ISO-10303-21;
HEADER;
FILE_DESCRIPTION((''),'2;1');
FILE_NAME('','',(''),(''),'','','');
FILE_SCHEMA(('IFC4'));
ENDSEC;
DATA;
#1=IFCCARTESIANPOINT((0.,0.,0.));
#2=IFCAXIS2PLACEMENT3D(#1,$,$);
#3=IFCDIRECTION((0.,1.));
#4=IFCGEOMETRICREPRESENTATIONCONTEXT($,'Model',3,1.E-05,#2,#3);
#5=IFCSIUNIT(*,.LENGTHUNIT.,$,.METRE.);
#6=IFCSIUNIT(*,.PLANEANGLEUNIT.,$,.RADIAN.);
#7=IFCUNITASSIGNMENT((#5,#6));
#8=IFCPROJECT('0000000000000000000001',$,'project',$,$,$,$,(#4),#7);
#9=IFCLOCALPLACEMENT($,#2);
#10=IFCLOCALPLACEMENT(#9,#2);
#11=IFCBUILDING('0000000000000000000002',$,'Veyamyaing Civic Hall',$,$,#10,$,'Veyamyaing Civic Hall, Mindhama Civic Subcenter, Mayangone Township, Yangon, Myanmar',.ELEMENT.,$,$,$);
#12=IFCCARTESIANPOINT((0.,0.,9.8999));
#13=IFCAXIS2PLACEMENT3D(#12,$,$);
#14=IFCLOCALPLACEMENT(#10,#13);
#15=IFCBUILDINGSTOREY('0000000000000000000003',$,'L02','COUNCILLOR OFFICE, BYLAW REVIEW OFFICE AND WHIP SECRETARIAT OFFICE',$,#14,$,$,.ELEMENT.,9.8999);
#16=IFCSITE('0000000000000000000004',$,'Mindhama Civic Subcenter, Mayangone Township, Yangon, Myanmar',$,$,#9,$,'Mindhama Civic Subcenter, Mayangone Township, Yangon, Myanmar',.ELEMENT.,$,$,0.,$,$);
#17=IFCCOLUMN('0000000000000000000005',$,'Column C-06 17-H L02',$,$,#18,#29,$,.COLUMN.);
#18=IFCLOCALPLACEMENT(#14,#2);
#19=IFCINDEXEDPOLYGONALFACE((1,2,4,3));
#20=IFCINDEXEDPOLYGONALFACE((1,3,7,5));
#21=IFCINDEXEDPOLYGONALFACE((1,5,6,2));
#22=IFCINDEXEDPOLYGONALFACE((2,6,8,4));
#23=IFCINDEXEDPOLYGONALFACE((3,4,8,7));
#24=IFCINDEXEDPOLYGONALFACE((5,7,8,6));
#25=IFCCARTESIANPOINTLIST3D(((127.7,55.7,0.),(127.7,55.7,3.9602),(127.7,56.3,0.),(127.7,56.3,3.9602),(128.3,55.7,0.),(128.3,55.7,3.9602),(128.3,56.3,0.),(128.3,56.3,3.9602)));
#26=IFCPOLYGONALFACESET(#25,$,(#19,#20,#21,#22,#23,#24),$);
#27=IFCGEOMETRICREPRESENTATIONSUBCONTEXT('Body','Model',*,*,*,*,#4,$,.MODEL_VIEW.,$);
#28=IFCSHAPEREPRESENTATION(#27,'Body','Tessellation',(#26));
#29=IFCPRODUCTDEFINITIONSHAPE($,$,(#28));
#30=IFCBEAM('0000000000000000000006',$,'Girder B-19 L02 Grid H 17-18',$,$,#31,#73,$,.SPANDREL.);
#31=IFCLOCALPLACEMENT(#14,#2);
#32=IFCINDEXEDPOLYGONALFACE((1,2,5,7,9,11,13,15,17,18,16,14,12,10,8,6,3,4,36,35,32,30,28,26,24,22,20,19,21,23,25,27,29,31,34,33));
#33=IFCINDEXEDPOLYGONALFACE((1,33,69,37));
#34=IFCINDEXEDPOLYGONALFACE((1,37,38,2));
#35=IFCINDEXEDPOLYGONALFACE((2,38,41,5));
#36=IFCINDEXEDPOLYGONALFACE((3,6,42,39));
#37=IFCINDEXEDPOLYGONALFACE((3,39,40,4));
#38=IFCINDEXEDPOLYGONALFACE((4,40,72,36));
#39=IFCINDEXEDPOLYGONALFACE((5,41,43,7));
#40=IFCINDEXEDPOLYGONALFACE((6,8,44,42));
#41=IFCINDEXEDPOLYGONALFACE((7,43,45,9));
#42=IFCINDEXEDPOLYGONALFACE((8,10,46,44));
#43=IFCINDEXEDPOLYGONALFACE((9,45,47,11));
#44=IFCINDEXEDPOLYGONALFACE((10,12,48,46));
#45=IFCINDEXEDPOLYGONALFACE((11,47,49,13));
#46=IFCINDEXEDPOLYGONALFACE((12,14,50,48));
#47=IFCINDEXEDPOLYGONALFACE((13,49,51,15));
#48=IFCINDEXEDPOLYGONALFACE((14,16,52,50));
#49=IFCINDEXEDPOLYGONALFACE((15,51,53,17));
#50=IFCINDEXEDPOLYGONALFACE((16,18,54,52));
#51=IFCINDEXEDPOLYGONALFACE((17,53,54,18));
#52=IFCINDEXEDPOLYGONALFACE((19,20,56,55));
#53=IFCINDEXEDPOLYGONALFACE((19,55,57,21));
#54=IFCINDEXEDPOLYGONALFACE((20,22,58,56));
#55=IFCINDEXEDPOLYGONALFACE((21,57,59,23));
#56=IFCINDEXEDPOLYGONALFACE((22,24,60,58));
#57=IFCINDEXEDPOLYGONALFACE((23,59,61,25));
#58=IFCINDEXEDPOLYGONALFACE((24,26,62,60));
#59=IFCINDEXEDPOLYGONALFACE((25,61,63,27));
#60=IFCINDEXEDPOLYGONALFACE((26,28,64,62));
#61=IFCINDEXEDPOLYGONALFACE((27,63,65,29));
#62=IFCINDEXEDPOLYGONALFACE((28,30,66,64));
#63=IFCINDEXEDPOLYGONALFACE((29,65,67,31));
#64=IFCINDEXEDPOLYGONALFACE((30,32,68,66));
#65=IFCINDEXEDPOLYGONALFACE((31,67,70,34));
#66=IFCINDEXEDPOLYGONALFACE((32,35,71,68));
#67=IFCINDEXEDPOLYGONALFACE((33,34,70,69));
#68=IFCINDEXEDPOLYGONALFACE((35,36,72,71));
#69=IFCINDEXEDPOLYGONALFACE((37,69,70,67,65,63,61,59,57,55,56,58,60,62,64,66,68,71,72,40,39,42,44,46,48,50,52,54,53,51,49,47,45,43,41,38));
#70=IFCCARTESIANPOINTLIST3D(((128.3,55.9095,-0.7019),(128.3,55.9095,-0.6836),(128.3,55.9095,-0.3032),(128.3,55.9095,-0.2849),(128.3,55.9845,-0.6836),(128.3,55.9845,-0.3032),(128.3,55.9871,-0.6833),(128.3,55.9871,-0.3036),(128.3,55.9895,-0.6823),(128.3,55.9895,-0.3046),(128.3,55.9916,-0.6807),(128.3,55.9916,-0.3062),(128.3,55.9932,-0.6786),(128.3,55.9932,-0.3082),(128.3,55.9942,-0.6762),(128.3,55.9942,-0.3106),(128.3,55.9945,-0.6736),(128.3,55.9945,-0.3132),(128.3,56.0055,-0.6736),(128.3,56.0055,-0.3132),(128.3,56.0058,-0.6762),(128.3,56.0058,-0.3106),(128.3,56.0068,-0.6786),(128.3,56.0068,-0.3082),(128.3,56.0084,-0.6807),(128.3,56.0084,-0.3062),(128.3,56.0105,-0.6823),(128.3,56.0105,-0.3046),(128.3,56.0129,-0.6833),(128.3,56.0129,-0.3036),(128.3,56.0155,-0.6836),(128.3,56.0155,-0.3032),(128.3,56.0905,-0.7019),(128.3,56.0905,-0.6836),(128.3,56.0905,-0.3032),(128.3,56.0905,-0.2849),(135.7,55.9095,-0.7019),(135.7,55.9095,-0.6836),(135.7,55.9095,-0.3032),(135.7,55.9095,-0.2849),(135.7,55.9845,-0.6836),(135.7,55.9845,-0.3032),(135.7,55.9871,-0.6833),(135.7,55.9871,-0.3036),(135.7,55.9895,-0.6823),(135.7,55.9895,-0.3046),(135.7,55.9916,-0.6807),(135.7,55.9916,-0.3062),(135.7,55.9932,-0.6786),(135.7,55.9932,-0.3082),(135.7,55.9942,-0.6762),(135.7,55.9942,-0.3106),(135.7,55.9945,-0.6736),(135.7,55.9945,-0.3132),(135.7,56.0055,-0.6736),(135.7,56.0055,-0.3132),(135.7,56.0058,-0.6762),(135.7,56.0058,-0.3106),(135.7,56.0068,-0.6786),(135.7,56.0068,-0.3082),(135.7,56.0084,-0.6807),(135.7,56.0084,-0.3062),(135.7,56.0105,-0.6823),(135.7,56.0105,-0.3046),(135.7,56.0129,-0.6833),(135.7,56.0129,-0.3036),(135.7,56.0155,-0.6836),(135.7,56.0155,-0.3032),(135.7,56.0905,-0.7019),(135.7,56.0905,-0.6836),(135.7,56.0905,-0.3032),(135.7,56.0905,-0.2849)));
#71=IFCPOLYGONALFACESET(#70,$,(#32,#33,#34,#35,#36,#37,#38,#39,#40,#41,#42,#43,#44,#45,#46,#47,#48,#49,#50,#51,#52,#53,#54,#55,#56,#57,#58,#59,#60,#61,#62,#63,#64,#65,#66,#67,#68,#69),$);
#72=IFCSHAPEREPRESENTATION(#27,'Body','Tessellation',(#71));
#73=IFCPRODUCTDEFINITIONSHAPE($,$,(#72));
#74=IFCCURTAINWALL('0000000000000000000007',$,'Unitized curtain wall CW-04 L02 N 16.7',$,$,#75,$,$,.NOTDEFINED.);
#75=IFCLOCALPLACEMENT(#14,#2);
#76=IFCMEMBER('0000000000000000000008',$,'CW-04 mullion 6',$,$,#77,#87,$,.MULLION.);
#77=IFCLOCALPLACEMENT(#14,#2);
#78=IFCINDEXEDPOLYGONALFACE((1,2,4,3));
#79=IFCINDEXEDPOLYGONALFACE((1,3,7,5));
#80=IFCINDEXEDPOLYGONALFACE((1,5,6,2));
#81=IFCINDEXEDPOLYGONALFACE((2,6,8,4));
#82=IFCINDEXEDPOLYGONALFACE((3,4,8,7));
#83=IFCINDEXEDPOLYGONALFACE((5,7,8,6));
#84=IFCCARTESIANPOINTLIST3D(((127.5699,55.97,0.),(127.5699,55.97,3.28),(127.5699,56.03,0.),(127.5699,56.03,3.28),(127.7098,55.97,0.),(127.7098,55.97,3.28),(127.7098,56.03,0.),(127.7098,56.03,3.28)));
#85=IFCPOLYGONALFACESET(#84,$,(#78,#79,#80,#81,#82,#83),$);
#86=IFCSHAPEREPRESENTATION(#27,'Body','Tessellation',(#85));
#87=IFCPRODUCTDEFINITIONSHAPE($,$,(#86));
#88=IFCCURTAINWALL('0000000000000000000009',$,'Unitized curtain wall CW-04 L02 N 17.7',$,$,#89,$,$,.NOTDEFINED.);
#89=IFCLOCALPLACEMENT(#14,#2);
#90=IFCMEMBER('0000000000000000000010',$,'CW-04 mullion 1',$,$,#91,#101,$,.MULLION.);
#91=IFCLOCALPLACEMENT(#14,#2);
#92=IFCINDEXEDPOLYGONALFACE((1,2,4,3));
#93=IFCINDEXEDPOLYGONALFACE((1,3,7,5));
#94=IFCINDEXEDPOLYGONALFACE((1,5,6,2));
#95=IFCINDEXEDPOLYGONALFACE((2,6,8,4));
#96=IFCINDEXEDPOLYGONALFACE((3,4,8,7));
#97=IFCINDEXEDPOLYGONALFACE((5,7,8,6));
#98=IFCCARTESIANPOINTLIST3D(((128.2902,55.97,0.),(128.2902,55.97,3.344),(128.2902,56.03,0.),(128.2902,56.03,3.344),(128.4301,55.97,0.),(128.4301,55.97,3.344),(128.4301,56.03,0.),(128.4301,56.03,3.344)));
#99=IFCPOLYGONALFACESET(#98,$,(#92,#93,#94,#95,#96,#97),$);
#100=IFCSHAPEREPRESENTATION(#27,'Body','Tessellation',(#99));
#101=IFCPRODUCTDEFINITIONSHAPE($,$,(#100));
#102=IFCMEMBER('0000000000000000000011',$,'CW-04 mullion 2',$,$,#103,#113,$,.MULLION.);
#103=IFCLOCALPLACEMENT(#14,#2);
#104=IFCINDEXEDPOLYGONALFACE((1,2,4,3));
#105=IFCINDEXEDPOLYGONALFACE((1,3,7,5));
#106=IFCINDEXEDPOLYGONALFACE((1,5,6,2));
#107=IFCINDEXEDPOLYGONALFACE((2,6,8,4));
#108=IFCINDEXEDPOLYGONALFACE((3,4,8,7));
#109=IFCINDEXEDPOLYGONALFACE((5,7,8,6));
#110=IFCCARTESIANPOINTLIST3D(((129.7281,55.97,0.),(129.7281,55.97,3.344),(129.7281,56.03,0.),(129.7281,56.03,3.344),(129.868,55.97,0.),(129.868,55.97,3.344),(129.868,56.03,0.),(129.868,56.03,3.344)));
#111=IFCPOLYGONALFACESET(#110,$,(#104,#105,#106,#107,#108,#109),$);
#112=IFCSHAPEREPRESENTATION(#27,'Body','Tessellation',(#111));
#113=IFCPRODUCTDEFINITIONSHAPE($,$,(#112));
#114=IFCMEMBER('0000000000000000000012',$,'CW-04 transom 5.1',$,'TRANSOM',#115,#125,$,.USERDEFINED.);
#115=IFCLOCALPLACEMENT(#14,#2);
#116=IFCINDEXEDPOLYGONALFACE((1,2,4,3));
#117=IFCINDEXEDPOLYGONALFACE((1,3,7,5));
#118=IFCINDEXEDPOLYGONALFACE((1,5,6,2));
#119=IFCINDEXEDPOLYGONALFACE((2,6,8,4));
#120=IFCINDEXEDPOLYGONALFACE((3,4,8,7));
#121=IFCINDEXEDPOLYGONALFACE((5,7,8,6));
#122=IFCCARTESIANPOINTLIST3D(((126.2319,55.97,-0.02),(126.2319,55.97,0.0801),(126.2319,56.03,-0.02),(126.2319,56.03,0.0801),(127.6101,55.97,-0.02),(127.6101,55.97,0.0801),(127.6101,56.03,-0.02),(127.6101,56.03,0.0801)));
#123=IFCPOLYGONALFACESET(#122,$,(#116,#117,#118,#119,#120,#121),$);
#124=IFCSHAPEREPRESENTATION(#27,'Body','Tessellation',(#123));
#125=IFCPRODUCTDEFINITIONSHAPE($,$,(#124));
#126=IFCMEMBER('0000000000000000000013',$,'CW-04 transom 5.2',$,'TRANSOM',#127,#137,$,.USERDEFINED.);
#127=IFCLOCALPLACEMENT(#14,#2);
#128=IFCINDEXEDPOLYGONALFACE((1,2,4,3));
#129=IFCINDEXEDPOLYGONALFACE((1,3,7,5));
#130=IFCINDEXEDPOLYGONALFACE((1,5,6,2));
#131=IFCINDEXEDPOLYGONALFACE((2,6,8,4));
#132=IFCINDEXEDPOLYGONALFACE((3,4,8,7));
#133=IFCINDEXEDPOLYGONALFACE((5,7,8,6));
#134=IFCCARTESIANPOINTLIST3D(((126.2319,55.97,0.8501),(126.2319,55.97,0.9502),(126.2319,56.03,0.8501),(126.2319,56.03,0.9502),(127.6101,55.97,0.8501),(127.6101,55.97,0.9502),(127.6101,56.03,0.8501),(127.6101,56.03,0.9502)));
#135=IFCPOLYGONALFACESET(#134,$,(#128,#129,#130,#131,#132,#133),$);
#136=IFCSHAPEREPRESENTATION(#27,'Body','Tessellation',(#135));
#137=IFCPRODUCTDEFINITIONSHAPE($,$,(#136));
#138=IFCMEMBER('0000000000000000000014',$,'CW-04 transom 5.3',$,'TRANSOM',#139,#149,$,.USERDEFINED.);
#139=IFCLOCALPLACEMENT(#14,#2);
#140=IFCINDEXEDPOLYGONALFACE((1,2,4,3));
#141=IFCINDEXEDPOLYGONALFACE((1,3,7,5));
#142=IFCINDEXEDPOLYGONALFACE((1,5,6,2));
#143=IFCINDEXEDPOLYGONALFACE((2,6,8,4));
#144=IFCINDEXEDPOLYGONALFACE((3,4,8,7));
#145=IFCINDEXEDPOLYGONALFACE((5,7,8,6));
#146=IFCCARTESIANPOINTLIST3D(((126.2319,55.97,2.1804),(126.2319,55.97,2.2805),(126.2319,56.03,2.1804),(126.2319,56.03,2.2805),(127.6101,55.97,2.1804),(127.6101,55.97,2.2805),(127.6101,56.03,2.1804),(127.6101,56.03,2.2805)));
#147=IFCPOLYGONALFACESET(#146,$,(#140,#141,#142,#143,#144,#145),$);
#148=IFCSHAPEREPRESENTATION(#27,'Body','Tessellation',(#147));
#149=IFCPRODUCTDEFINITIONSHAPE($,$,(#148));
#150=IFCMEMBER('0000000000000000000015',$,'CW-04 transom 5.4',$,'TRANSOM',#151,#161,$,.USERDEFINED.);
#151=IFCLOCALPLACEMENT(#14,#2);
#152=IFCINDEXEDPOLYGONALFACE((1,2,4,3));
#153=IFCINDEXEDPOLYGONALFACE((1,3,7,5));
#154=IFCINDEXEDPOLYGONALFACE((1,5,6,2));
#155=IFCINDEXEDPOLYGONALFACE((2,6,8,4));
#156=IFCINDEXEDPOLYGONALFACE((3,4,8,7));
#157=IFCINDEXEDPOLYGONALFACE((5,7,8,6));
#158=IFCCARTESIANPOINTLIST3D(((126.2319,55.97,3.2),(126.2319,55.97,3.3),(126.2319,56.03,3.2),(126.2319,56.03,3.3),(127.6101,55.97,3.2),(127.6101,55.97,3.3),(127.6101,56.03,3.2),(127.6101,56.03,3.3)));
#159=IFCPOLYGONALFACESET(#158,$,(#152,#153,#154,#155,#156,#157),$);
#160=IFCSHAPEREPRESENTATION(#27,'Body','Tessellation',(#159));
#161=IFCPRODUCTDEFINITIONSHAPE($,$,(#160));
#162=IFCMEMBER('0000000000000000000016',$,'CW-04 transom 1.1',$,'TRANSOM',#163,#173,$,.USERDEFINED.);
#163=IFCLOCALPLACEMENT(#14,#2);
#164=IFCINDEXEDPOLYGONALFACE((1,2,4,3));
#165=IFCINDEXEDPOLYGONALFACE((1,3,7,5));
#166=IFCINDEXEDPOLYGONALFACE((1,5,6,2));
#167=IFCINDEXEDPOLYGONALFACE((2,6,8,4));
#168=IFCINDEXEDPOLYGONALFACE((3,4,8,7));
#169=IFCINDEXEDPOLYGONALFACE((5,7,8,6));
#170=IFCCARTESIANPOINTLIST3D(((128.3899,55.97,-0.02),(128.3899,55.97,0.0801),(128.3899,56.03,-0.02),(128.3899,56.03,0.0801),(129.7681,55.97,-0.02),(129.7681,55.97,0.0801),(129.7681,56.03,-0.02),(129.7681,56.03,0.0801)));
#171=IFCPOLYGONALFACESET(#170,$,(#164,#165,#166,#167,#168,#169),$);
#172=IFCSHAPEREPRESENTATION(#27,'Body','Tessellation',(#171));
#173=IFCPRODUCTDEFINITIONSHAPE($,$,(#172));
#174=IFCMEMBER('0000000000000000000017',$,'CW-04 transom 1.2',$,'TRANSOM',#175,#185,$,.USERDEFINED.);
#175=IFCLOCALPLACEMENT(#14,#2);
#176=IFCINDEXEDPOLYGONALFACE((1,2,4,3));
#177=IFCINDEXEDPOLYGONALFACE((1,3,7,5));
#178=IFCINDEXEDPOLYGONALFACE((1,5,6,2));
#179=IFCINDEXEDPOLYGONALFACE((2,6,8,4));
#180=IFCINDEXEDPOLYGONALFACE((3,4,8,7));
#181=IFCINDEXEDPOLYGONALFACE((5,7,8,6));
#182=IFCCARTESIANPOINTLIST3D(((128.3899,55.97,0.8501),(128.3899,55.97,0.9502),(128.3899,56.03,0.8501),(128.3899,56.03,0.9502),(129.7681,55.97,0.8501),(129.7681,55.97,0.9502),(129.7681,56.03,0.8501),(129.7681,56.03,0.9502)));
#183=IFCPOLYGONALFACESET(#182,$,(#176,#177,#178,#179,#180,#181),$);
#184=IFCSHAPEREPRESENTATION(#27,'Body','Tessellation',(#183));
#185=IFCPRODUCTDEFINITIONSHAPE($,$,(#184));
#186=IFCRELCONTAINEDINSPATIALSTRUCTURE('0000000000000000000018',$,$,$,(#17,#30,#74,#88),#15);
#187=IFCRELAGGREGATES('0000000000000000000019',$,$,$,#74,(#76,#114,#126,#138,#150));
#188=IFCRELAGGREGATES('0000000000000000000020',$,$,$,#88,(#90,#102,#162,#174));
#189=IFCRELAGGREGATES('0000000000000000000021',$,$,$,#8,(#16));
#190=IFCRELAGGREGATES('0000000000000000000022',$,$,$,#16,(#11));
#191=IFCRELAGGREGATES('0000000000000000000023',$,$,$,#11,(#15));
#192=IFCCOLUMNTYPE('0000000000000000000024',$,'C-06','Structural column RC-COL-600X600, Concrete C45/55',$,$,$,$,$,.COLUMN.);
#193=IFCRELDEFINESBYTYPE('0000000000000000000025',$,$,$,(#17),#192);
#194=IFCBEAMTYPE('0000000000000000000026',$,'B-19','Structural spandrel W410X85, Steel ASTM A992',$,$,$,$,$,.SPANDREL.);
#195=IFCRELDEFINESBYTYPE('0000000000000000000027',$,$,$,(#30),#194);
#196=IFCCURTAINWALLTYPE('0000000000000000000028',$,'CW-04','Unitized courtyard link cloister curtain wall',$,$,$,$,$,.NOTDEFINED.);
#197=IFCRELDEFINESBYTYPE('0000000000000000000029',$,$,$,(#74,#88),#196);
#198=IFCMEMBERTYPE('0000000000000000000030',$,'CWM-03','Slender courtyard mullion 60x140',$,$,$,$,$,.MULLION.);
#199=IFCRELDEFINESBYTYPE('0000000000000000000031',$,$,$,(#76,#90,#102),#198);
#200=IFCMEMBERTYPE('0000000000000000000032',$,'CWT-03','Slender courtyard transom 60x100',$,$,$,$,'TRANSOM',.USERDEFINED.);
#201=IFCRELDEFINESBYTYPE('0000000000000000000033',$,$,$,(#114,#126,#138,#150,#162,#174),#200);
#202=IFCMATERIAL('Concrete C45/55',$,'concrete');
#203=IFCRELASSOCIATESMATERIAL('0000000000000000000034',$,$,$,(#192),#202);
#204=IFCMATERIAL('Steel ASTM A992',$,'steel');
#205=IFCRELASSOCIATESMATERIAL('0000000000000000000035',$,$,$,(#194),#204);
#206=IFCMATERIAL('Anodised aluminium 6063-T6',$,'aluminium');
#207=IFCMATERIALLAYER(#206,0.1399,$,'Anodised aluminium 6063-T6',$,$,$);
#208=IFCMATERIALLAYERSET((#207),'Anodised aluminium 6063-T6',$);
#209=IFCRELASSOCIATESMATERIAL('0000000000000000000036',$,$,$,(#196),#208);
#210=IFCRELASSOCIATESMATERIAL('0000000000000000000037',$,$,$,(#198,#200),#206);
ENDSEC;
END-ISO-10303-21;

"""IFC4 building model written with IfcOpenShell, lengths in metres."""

from ifc_helpers import new_model, si_unit, direction, frame, origin, origin_2d, place, context, subcontext, project, spatial, rectangle, i_section, extrude, material, layer, layer_set, material_profile, profile_set, type_object, element, aggregate, save


model = new_model("IFC4")

# Units and contexts
model_context = context("Model", 3, precision=1e-05, world=origin(), true_north=direction((0.0, 1.0)))
body_context = subcontext(model_context, "Body", "Model", "MODEL_VIEW")
ifc_project = project(units=[si_unit("LENGTHUNIT", "METRE"), si_unit("PLANEANGLEUNIT", "RADIAN")], contexts=[model_context])

# Site, building, storey
site_placement = place(None, origin())
site = spatial("IfcSite", under=ifc_project, at=site_placement, Name="Mindhama Civic Subcenter, Mayangone Township, Yangon, Myanmar", LongName="Mindhama Civic Subcenter, Mayangone Township, Yangon, Myanmar", CompositionType="ELEMENT", RefElevation=0.0)
building_placement = place(site_placement, origin())
building = spatial("IfcBuilding", under=site, at=building_placement, Name="Veyamyaing Civic Hall", LongName="Veyamyaing Civic Hall, Mindhama Civic Subcenter, Mayangone Township, Yangon, Myanmar", CompositionType="ELEMENT")
storey_placement = place(building_placement, frame((0.0, 0.0, 9.8999)))
storey = spatial("IfcBuildingStorey", under=building, at=storey_placement, Name="L02", Description="COUNCILLOR OFFICE, BYLAW REVIEW OFFICE AND WHIP SECRETARIAT OFFICE", CompositionType="ELEMENT", Elevation=9.8999)

# Column
ifc_material_1 = material(Name="Concrete C45/55", Category="concrete")
ifc_material_profile_1 = material_profile(ifc_material_1, rectangle(XDim=0.6001, YDim=0.6001, at=origin_2d()), Name="RC-COL-600X600")
ifc_profile_set_1 = profile_set([ifc_material_profile_1], Name="Concrete C45/55")
column_type = type_object("IfcColumnType", Name="C-06", Description="Structural column RC-COL-600X600, Concrete C45/55", PredefinedType="COLUMN", material=ifc_profile_set_1)
column_placement = place(storey_placement, frame((128.0, 56.0, 0.0), z_axis=(0.0, 0.0, 1.0), x_axis=(1.0, 0.0, 0.0)))
element("IfcColumn", 1, at=column_placement, inside=storey, type_object=column_type, Name="Column C-06 17-H L02", PredefinedType="COLUMN", context=body_context, shape_type="SweptSolid", body=[
    extrude(rectangle(XDim=0.6001, YDim=0.6001, at=origin_2d()), origin(), (0.0, 0.0, 1.0), 3.9602),
])

# Beam
ifc_material_2 = material(Name="Steel ASTM A992", Category="steel")
ifc_material_profile_2 = material_profile(ifc_material_2, i_section(OverallWidth=0.1809, OverallDepth=0.417, WebThickness=0.011, FlangeThickness=0.0183, FilletRadius=0.01, at=origin_2d()), Name="W410X85")
ifc_profile_set_2 = profile_set([ifc_material_profile_2], Name="Steel ASTM A992")
beam_type = type_object("IfcBeamType", Name="B-19", Description="Structural spandrel W410X85, Steel ASTM A992", PredefinedType="SPANDREL", material=ifc_profile_set_2)
beam_placement = place(storey_placement, frame((128.3, 56.0, -0.4934), z_axis=(1.0, 0.0, 0.0), x_axis=(0.0, 1.0, 0.0)))
element("IfcBeam", 2, at=beam_placement, inside=storey, type_object=beam_type, Name="Girder B-19 L02 Grid H 17-18", PredefinedType="SPANDREL", context=body_context, shape_type="SweptSolid", body=[
    extrude(i_section(OverallWidth=0.1809, OverallDepth=0.417, WebThickness=0.011, FlangeThickness=0.0183, FilletRadius=0.01, at=origin_2d()), origin(), (0.0, 0.0, 1.0), 7.3999),
])

# Curtain wall, member
ifc_material_3 = material(Name="Anodised aluminium 6063-T6", Category="aluminium")
ifc_layer_1 = layer(ifc_material_3, 0.1399, Name="Anodised aluminium 6063-T6")
ifc_layer_set_1 = layer_set([ifc_layer_1], Name="Anodised aluminium 6063-T6")
curtain_wall_type = type_object("IfcCurtainWallType", Name="CW-04", Description="Unitized courtyard link cloister curtain wall", PredefinedType="NOTDEFINED", material=ifc_layer_set_1)
curtain_wall_1_placement = place(storey_placement, origin())
curtain_wall_1 = element("IfcCurtainWall", 3, at=curtain_wall_1_placement, inside=storey, type_object=curtain_wall_type, Name="Unitized curtain wall CW-04 L02 N 16.7", PredefinedType="NOTDEFINED")
ifc_material_profile_3 = material_profile(ifc_material_3, rectangle(XDim=0.0601, YDim=0.1399, at=origin_2d()), Name="ALU-MUL-60X140")
ifc_profile_set_3 = profile_set([ifc_material_profile_3], Name="Anodised aluminium 6063-T6")
member_type_1 = type_object("IfcMemberType", Name="CWM-03", Description="Slender courtyard mullion 60x140", PredefinedType="MULLION", material=ifc_profile_set_3)
member_1_placement = place(storey_placement, frame((127.6399, 56.0, 0.0), z_axis=(0.0, 0.0, 1.0), x_axis=(0.0, 1.0, 0.0)))
member_1 = element("IfcMember", 4, at=member_1_placement, type_object=member_type_1, Name="CW-04 mullion 6", PredefinedType="MULLION", context=body_context, shape_type="SweptSolid", body=[
    extrude(rectangle(XDim=0.0601, YDim=0.1399, at=origin_2d()), origin(), (0.0, 0.0, 1.0), 3.28),
])

# Curtain wall, members
curtain_wall_2_placement = place(storey_placement, origin())
curtain_wall_2 = element("IfcCurtainWall", 5, at=curtain_wall_2_placement, inside=storey, type_object=curtain_wall_type, Name="Unitized curtain wall CW-04 L02 N 17.7", PredefinedType="NOTDEFINED")
member_2_placement = place(storey_placement, frame((128.3601, 56.0, 0.0), z_axis=(0.0, 0.0, 1.0), x_axis=(0.0, 1.0, 0.0)))
member_2 = element("IfcMember", 6, at=member_2_placement, type_object=member_type_1, Name="CW-04 mullion 1", PredefinedType="MULLION", context=body_context, shape_type="SweptSolid", body=[
    extrude(rectangle(XDim=0.0601, YDim=0.1399, at=origin_2d()), origin(), (0.0, 0.0, 1.0), 3.344),
])
member_3_placement = place(storey_placement, frame((129.7981, 56.0, 0.0), z_axis=(0.0, 0.0, 1.0), x_axis=(0.0, 1.0, 0.0)))
member_3 = element("IfcMember", 7, at=member_3_placement, type_object=member_type_1, Name="CW-04 mullion 2", PredefinedType="MULLION", context=body_context, shape_type="SweptSolid", body=[
    extrude(rectangle(XDim=0.0601, YDim=0.1399, at=origin_2d()), origin(), (0.0, 0.0, 1.0), 3.344),
])

# Members
ifc_material_profile_4 = material_profile(ifc_material_3, rectangle(XDim=0.0601, YDim=0.1001, at=origin_2d()), Name="ALU-TRN-60X100")
ifc_profile_set_4 = profile_set([ifc_material_profile_4], Name="Anodised aluminium 6063-T6")
member_type_2 = type_object("IfcMemberType", Name="CWT-03", Description="Slender courtyard transom 60x100", ElementType="TRANSOM", PredefinedType="USERDEFINED", material=ifc_profile_set_4)
member_4_placement = place(storey_placement, frame((126.2319, 56.0, 0.03), z_axis=(1.0, 0.0, 0.0), x_axis=(0.0, 1.0, 0.0)))
member_4 = element("IfcMember", 8, at=member_4_placement, type_object=member_type_2, Name="CW-04 transom 5.1", ObjectType="TRANSOM", PredefinedType="USERDEFINED", context=body_context, shape_type="SweptSolid", body=[
    extrude(rectangle(XDim=0.0601, YDim=0.1001, at=origin_2d()), origin(), (0.0, 0.0, 1.0), 1.3782),
])
member_5_placement = place(storey_placement, frame((126.2319, 56.0, 0.9001), z_axis=(1.0, 0.0, 0.0), x_axis=(0.0, 1.0, 0.0)))
member_5 = element("IfcMember", 9, at=member_5_placement, type_object=member_type_2, Name="CW-04 transom 5.2", ObjectType="TRANSOM", PredefinedType="USERDEFINED", context=body_context, shape_type="SweptSolid", body=[
    extrude(rectangle(XDim=0.0601, YDim=0.1001, at=origin_2d()), origin(), (0.0, 0.0, 1.0), 1.3782),
])
member_6_placement = place(storey_placement, frame((126.2319, 56.0, 2.2305), z_axis=(1.0, 0.0, 0.0), x_axis=(0.0, 1.0, 0.0)))
member_6 = element("IfcMember", 10, at=member_6_placement, type_object=member_type_2, Name="CW-04 transom 5.3", ObjectType="TRANSOM", PredefinedType="USERDEFINED", context=body_context, shape_type="SweptSolid", body=[
    extrude(rectangle(XDim=0.0601, YDim=0.1001, at=origin_2d()), origin(), (0.0, 0.0, 1.0), 1.3782),
])
member_7_placement = place(storey_placement, frame((126.2319, 56.0, 3.25), z_axis=(1.0, 0.0, 0.0), x_axis=(0.0, 1.0, 0.0)))
member_7 = element("IfcMember", 11, at=member_7_placement, type_object=member_type_2, Name="CW-04 transom 5.4", ObjectType="TRANSOM", PredefinedType="USERDEFINED", context=body_context, shape_type="SweptSolid", body=[
    extrude(rectangle(XDim=0.0601, YDim=0.1001, at=origin_2d()), origin(), (0.0, 0.0, 1.0), 1.3782),
])
member_8_placement = place(storey_placement, frame((128.3899, 56.0, 0.03), z_axis=(1.0, 0.0, 0.0), x_axis=(0.0, 1.0, 0.0)))
member_8 = element("IfcMember", 12, at=member_8_placement, type_object=member_type_2, Name="CW-04 transom 1.1", ObjectType="TRANSOM", PredefinedType="USERDEFINED", context=body_context, shape_type="SweptSolid", body=[
    extrude(rectangle(XDim=0.0601, YDim=0.1001, at=origin_2d()), origin(), (0.0, 0.0, 1.0), 1.3782),
])
member_9_placement = place(storey_placement, frame((128.3899, 56.0, 0.9001), z_axis=(1.0, 0.0, 0.0), x_axis=(0.0, 1.0, 0.0)))
member_9 = element("IfcMember", 13, at=member_9_placement, type_object=member_type_2, Name="CW-04 transom 1.2", ObjectType="TRANSOM", PredefinedType="USERDEFINED", context=body_context, shape_type="SweptSolid", body=[
    extrude(rectangle(XDim=0.0601, YDim=0.1001, at=origin_2d()), origin(), (0.0, 0.0, 1.0), 1.3782),
])

aggregate(curtain_wall_1, [member_1, member_4, member_5, member_6, member_7])
aggregate(curtain_wall_2, [member_2, member_3, member_8, member_9])

save(model, "model.ifc")
